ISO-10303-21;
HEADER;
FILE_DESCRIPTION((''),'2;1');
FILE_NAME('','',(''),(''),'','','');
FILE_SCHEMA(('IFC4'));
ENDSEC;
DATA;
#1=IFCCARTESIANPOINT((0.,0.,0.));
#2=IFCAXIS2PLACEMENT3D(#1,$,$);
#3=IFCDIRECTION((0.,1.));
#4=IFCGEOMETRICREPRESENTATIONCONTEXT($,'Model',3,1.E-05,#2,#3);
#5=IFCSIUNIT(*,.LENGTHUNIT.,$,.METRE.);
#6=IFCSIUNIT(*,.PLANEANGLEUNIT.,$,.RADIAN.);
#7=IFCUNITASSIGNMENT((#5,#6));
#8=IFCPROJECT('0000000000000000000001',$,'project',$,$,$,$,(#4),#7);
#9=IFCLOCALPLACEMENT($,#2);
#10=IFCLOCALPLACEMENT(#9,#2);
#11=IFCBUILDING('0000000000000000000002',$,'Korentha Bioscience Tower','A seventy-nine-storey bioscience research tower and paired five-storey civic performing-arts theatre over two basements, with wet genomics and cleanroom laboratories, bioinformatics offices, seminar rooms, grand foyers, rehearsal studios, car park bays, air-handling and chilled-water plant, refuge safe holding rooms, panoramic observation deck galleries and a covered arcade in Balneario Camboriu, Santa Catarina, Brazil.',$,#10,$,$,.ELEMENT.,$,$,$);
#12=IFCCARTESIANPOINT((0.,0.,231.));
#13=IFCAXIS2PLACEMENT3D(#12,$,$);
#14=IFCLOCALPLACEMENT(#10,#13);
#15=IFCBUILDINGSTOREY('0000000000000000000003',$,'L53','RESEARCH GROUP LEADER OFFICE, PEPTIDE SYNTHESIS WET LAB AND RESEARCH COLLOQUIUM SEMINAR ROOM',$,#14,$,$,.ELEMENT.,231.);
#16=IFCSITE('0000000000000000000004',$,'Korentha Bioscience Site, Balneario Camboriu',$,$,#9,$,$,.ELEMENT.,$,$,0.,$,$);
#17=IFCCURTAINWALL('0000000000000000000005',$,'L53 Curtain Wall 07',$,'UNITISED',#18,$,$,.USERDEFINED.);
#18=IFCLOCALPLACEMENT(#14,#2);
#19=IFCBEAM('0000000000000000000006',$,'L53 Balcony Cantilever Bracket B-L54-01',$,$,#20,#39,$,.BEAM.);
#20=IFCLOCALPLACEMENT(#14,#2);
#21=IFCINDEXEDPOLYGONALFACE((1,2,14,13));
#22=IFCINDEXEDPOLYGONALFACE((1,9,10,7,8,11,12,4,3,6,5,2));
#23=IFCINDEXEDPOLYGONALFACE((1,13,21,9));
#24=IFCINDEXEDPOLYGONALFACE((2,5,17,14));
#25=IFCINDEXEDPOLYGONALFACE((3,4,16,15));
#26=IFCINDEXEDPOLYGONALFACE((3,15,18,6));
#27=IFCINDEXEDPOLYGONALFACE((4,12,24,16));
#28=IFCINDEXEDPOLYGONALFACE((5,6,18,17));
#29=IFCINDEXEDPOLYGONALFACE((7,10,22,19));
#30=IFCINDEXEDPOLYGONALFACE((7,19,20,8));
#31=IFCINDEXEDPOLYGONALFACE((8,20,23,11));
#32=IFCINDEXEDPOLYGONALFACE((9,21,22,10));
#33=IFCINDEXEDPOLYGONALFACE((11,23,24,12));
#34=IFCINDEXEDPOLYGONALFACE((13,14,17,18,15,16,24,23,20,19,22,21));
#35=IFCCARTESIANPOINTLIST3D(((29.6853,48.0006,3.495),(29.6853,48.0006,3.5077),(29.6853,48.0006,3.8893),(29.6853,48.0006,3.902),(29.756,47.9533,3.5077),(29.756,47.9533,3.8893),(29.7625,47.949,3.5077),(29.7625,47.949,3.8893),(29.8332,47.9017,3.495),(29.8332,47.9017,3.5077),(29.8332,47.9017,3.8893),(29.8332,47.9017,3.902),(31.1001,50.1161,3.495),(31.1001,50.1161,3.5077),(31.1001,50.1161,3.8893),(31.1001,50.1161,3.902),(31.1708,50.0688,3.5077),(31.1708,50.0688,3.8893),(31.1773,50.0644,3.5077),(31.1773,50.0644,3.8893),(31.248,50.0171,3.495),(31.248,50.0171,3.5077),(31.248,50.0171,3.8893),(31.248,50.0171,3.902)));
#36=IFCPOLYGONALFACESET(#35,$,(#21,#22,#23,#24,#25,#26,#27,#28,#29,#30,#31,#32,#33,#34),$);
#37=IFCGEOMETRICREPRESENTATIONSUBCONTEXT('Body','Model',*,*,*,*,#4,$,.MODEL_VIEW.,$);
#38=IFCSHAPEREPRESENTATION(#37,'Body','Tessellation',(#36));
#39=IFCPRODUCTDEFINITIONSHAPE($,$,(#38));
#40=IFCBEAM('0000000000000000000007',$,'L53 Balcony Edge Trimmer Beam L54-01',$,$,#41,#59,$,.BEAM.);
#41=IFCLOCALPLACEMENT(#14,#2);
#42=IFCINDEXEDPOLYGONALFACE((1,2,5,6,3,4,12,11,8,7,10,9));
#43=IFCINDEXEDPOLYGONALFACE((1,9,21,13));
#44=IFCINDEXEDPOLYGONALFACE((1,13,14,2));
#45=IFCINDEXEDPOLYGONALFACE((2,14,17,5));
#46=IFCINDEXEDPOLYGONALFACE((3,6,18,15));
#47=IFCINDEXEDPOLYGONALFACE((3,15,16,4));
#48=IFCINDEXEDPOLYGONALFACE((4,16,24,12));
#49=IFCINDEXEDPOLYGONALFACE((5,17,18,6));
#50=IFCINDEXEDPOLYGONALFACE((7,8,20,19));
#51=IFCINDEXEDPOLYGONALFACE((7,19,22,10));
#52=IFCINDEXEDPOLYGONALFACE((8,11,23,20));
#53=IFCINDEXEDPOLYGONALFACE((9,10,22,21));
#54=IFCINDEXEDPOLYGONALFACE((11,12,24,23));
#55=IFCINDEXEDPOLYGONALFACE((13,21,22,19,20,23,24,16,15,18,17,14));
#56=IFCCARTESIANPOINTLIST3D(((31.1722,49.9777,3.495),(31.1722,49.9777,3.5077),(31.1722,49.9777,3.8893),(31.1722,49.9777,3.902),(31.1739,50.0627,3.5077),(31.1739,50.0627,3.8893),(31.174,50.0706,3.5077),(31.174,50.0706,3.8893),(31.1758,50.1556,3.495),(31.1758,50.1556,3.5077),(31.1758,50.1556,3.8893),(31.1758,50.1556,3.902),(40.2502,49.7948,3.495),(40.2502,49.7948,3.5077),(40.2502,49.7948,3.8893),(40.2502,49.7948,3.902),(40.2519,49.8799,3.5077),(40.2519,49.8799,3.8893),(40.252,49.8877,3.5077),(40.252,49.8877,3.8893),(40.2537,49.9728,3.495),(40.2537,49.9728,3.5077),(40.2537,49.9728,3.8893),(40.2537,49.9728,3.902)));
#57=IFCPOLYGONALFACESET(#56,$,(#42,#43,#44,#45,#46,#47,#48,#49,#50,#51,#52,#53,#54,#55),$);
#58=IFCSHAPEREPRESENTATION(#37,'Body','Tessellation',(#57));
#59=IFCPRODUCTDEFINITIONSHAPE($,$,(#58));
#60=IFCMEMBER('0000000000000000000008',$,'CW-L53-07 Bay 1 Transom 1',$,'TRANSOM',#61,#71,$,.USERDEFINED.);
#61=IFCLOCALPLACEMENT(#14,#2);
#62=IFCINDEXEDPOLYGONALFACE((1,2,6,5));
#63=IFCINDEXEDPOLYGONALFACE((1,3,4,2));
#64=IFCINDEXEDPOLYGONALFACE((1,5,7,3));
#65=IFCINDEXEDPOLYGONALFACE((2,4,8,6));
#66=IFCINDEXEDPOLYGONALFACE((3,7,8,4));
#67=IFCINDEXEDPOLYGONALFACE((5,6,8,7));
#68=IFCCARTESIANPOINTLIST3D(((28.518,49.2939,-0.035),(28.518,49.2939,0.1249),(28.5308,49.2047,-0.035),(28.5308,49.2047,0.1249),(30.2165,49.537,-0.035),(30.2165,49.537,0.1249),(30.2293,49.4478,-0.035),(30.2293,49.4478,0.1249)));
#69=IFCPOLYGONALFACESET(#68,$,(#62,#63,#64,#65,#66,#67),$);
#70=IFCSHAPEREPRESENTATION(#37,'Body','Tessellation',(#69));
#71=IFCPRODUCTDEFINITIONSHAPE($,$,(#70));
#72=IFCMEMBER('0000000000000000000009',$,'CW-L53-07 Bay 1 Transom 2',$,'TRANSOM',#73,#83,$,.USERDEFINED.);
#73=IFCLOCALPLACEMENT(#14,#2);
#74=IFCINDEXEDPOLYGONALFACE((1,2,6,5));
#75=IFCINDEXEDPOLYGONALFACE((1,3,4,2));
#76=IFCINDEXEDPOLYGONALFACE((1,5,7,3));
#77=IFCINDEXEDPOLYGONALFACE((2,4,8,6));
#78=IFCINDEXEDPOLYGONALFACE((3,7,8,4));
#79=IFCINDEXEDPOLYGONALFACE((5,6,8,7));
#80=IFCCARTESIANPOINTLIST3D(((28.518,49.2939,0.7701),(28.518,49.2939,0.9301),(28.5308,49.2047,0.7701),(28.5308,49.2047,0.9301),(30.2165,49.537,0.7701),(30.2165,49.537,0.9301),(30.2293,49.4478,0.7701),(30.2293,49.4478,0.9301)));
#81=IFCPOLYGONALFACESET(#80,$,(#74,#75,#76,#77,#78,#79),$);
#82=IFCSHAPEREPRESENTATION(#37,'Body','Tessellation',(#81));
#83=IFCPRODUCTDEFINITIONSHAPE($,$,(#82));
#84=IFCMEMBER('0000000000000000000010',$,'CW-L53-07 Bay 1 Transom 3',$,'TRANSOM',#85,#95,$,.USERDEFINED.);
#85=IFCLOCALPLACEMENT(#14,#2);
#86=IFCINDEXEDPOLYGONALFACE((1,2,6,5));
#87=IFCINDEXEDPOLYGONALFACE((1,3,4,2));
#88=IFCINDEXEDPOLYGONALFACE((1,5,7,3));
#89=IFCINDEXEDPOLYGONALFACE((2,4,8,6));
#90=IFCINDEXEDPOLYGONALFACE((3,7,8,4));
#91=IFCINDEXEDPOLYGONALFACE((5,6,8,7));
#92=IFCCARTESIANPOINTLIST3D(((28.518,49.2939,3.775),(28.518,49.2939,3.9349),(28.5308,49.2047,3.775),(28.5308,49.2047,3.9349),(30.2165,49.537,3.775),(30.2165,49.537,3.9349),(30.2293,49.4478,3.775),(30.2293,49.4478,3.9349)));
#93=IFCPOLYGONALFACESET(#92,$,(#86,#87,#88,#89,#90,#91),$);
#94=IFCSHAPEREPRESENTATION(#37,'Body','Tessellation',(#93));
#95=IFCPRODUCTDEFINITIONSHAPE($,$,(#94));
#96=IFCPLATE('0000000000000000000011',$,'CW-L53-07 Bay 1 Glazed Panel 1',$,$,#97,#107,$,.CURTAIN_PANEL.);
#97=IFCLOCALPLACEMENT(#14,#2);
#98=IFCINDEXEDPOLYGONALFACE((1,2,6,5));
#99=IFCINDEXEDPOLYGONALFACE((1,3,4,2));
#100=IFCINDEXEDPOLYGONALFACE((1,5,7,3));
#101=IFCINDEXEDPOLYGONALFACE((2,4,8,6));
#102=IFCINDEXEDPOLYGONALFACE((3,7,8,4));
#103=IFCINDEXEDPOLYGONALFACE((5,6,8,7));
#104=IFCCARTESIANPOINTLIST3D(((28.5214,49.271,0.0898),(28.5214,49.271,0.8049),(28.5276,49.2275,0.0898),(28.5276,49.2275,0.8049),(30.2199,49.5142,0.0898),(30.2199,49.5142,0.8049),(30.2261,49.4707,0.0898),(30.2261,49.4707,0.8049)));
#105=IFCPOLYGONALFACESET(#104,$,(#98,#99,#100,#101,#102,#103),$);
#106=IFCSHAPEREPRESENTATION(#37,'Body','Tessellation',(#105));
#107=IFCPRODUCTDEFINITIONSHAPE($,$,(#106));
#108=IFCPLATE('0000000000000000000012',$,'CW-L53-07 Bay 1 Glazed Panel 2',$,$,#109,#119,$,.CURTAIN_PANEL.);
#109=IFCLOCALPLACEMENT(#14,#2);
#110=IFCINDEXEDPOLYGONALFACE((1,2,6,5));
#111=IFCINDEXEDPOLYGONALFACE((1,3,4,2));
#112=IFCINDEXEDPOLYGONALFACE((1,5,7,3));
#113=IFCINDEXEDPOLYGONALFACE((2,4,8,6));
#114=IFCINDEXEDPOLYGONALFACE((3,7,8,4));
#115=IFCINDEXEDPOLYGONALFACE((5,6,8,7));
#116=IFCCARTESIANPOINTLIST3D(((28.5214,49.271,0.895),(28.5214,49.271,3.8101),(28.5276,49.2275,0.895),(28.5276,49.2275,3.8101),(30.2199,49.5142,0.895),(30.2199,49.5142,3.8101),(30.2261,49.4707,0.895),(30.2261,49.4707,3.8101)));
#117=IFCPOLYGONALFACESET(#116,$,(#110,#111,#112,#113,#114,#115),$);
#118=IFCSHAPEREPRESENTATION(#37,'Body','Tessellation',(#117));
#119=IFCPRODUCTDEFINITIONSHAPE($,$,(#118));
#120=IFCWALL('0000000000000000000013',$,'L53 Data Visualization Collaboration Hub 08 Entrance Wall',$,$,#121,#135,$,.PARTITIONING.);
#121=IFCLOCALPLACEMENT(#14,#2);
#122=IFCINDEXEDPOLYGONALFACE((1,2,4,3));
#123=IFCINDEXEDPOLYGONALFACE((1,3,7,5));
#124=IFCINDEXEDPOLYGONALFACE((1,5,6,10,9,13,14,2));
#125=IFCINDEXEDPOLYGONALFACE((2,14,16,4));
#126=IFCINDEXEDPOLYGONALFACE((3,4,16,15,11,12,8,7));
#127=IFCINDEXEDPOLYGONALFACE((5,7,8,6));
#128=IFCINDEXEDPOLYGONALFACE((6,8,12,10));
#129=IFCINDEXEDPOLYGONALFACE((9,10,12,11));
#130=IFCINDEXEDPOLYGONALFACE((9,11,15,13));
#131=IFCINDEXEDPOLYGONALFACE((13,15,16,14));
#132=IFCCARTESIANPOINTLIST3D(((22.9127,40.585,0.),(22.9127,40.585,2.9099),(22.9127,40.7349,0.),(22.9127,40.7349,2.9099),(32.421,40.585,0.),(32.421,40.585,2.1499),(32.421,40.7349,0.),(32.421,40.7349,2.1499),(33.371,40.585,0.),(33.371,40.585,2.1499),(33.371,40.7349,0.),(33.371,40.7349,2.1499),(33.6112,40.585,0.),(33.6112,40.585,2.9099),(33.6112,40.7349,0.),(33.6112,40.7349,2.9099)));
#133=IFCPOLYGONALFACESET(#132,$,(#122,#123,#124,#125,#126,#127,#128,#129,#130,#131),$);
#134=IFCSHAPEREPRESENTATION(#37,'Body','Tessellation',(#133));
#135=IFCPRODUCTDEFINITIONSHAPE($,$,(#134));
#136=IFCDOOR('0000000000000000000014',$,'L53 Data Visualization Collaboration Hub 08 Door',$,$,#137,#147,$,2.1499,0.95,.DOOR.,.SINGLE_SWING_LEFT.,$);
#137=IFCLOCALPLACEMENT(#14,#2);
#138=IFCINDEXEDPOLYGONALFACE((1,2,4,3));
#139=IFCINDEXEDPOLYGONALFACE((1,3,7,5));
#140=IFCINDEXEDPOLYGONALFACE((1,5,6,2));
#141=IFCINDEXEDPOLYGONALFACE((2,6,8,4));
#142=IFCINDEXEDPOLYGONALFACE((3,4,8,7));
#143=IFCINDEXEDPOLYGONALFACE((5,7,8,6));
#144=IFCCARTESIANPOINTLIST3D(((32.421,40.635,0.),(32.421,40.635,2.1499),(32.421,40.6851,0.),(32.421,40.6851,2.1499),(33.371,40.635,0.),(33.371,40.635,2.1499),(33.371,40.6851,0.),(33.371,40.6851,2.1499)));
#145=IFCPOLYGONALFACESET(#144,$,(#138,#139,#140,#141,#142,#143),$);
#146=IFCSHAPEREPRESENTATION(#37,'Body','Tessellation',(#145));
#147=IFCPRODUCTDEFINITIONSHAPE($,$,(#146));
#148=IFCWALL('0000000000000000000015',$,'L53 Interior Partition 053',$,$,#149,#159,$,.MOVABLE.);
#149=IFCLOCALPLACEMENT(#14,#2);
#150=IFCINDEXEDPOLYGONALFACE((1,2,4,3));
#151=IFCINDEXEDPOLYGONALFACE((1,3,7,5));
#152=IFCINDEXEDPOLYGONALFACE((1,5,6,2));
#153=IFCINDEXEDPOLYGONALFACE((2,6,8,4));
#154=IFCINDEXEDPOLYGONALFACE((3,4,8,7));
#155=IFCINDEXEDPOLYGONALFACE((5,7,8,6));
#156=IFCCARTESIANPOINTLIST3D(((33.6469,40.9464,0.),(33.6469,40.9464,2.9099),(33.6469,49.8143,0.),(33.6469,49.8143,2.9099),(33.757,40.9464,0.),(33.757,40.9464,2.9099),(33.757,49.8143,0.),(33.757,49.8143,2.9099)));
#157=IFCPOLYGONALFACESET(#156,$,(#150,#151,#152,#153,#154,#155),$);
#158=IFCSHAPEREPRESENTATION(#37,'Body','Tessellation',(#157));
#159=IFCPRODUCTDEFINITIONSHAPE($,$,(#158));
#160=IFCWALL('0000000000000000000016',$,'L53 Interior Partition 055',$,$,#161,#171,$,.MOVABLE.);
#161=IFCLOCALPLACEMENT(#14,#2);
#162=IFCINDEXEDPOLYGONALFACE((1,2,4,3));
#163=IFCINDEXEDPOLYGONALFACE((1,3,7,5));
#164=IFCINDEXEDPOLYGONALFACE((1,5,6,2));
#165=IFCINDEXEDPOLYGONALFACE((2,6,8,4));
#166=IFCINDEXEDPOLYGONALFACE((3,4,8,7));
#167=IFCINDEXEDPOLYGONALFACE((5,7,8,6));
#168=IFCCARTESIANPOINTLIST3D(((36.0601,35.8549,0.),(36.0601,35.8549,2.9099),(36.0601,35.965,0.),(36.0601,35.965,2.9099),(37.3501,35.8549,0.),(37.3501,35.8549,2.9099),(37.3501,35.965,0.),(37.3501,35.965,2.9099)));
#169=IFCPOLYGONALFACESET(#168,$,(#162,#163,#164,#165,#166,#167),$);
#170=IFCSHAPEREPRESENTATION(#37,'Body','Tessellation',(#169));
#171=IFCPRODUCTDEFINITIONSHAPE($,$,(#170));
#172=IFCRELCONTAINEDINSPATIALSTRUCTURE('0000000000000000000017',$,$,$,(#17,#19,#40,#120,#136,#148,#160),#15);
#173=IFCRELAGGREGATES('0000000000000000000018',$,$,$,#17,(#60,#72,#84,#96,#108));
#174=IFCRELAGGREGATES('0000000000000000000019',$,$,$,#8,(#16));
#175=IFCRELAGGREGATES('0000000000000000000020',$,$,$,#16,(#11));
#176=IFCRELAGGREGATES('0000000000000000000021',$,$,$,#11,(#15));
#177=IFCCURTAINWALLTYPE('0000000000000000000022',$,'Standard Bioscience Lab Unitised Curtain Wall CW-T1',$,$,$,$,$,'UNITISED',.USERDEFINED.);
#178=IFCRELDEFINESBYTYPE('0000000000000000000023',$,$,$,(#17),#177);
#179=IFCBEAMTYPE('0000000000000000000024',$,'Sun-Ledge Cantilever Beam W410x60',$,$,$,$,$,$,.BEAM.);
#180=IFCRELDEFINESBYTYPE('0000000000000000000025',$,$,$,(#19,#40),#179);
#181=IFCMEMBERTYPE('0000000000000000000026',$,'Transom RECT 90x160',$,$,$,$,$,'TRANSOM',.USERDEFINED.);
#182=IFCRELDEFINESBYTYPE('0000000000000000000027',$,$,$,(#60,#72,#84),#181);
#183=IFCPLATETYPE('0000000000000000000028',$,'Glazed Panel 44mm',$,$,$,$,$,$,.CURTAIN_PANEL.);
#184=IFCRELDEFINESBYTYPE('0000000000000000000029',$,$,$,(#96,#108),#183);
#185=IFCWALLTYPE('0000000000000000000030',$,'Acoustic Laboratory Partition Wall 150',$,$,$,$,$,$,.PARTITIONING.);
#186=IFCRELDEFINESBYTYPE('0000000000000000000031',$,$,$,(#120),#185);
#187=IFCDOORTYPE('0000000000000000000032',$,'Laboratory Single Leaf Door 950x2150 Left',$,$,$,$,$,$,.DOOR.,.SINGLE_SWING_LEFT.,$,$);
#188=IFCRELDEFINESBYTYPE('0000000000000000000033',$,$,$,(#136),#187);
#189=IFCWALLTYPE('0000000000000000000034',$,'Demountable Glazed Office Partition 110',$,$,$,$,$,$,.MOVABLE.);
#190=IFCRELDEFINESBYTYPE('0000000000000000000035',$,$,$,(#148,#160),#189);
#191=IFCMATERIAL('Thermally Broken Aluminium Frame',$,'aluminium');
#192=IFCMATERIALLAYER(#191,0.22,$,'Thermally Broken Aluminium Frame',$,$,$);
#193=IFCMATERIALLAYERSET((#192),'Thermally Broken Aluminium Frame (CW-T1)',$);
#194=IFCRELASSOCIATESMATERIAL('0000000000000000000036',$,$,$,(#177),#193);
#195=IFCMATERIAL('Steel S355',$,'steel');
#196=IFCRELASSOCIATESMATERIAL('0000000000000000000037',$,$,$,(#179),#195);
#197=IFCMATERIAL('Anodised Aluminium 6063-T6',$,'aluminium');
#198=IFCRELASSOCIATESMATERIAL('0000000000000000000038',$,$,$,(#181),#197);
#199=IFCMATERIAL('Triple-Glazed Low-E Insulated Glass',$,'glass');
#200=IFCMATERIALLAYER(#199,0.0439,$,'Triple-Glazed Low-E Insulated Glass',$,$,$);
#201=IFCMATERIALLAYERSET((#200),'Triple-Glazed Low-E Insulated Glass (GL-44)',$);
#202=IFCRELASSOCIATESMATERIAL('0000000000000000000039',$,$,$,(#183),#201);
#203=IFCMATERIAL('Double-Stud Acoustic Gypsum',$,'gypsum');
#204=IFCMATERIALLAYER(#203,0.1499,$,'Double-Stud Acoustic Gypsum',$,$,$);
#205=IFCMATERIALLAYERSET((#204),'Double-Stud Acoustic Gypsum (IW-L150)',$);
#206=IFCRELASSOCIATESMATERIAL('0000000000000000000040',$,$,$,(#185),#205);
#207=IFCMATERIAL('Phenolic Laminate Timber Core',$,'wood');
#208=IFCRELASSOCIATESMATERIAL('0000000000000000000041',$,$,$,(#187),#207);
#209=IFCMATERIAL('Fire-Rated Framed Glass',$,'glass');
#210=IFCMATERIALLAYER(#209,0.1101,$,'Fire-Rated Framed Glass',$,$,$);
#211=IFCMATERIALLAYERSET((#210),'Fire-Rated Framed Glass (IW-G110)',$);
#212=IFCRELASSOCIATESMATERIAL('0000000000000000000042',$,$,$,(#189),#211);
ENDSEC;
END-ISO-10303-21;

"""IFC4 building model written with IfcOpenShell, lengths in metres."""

from ifc_helpers import new_model, si_unit, direction, frame, frame_2d, origin, origin_2d, place, context, subcontext, project, spatial, rectangle, i_section, extrude, material, layer, layer_set, material_profile, profile_set, type_object, element, fill, aggregate, save


model = new_model("IFC4")

# Units and contexts
model_context = context("Model", 3, precision=1e-05, world=origin(), true_north=direction((0.0, 1.0)))
body_context = subcontext(model_context, "Body", "Model", "MODEL_VIEW")
ifc_project = project(units=[si_unit("LENGTHUNIT", "METRE"), si_unit("PLANEANGLEUNIT", "RADIAN")], contexts=[model_context])

# Site, building, storey
site_placement = place(None, origin())
site = spatial("IfcSite", under=ifc_project, at=site_placement, Name="Korentha Bioscience Site, Balneario Camboriu", CompositionType="ELEMENT", RefElevation=0.0)
building_placement = place(site_placement, origin())
building = spatial("IfcBuilding", under=site, at=building_placement, Name="Korentha Bioscience Tower", Description="A seventy-nine-storey bioscience research tower and paired five-storey civic performing-arts theatre over two basements, with wet genomics and cleanroom laboratories, bioinformatics offices, seminar rooms, grand foyers, rehearsal studios, car park bays, air-handling and chilled-water plant, refuge safe holding rooms, panoramic observation deck galleries and a covered arcade in Balneario Camboriu, Santa Catarina, Brazil.", CompositionType="ELEMENT")
storey_placement = place(building_placement, frame((0.0, 0.0, 231.0)))
storey = spatial("IfcBuildingStorey", under=building, at=storey_placement, Name="L53", Description="RESEARCH GROUP LEADER OFFICE, PEPTIDE SYNTHESIS WET LAB AND RESEARCH COLLOQUIUM SEMINAR ROOM", CompositionType="ELEMENT", Elevation=231.0)

# Curtain wall
ifc_material_1 = material(Name="Thermally Broken Aluminium Frame", Category="aluminium")
ifc_layer_1 = layer(ifc_material_1, 0.22, Name="Thermally Broken Aluminium Frame")
ifc_layer_set_1 = layer_set([ifc_layer_1], Name="Thermally Broken Aluminium Frame (CW-T1)")
curtain_wall_type = type_object("IfcCurtainWallType", Name="Standard Bioscience Lab Unitised Curtain Wall CW-T1", ElementType="UNITISED", PredefinedType="USERDEFINED", material=ifc_layer_set_1)
curtain_wall_placement = place(storey_placement, origin())
curtain_wall = element("IfcCurtainWall", 1, at=curtain_wall_placement, inside=storey, type_object=curtain_wall_type, Name="L53 Curtain Wall 07", ObjectType="UNITISED", PredefinedType="USERDEFINED")
ifc_material_2 = material(Name="Anodised Aluminium 6063-T6", Category="aluminium")

# Beams
ifc_material_3 = material(Name="Steel S355", Category="steel")
ifc_material_profile_1 = material_profile(ifc_material_3, i_section(OverallWidth=0.178, OverallDepth=0.407, WebThickness=0.0078, FlangeThickness=0.0127, at=origin_2d()), Name="Steel S355")
ifc_profile_set_1 = profile_set([ifc_material_profile_1], Name="Steel S355 (CB-410)")
beam_type_1 = type_object("IfcBeamType", Name="Sun-Ledge Cantilever Beam W410x60", PredefinedType="BEAM", material=ifc_profile_set_1)
beam_1_placement = place(storey_placement, frame((29.7593, 47.9512, 3.6985), z_axis=(0.555917, 0.831238, 0.0), x_axis=(-0.831238, 0.555917, 0.0)))
element("IfcBeam", 2, at=beam_1_placement, inside=storey, type_object=beam_type_1, Name="L53 Balcony Cantilever Bracket B-L54-01", PredefinedType="BEAM", context=body_context, shape_type="SweptSolid", body=[
    extrude(i_section(OverallWidth=0.178, OverallDepth=0.407, WebThickness=0.0078, FlangeThickness=0.0127, at=origin_2d()), origin(), (0.0, 0.0, 1.0), 2.5449),
])
beam_2_placement = place(storey_placement, frame((40.252, 49.8838, 3.6985), z_axis=(-0.999797, 0.02014, 0.0), x_axis=(-0.02014, -0.999797, 0.0)))
element("IfcBeam", 3, at=beam_2_placement, inside=storey, type_object=beam_type_1, Name="L53 Balcony Edge Trimmer Beam L54-01", PredefinedType="BEAM", context=body_context, shape_type="SweptSolid", body=[
    extrude(i_section(OverallWidth=0.178, OverallDepth=0.407, WebThickness=0.0078, FlangeThickness=0.0127, at=origin_2d()), origin(), (0.0, 0.0, 1.0), 9.0798),
])

# Members
ifc_material_profile_2 = material_profile(ifc_material_2, rectangle(XDim=0.0901, YDim=0.1599, at=origin_2d()), Name="Anodised Aluminium 6063-T6")
ifc_profile_set_2 = profile_set([ifc_material_profile_2], Name="Anodised Aluminium 6063-T6 (CW-TRN)")
member_type_1 = type_object("IfcMemberType", Name="Transom RECT 90x160", ElementType="TRANSOM", PredefinedType="USERDEFINED", material=ifc_profile_set_2)
member_1_placement = place(storey_placement, frame((30.2229, 49.4924, 0.0449), z_axis=(-0.989907, -0.14172, 0.0), x_axis=(0.14172, -0.989907, 0.0)))
member_1 = element("IfcMember", 4, at=member_1_placement, type_object=member_type_1, Name="CW-L53-07 Bay 1 Transom 1", ObjectType="TRANSOM", PredefinedType="USERDEFINED", context=body_context, shape_type="SweptSolid", body=[
    extrude(rectangle(XDim=0.0901, YDim=0.1599, at=origin_2d()), origin(), (0.0, 0.0, 1.0), 1.7158),
])
member_2_placement = place(storey_placement, frame((30.2229, 49.4924, 0.8501), z_axis=(-0.989907, -0.14172, 0.0), x_axis=(0.14172, -0.989907, 0.0)))
member_2 = element("IfcMember", 5, at=member_2_placement, type_object=member_type_1, Name="CW-L53-07 Bay 1 Transom 2", ObjectType="TRANSOM", PredefinedType="USERDEFINED", context=body_context, shape_type="SweptSolid", body=[
    extrude(rectangle(XDim=0.0901, YDim=0.1599, at=origin_2d()), origin(), (0.0, 0.0, 1.0), 1.7158),
])
member_3_placement = place(storey_placement, frame((30.2229, 49.4924, 3.855), z_axis=(-0.989907, -0.14172, 0.0), x_axis=(0.14172, -0.989907, 0.0)))
member_3 = element("IfcMember", 6, at=member_3_placement, type_object=member_type_1, Name="CW-L53-07 Bay 1 Transom 3", ObjectType="TRANSOM", PredefinedType="USERDEFINED", context=body_context, shape_type="SweptSolid", body=[
    extrude(rectangle(XDim=0.0901, YDim=0.1599, at=origin_2d()), origin(), (0.0, 0.0, 1.0), 1.7158),
])

# Plates
ifc_material_4 = material(Name="Triple-Glazed Low-E Insulated Glass", Category="glass")
ifc_layer_2 = layer(ifc_material_4, 0.0439, Name="Triple-Glazed Low-E Insulated Glass")
ifc_layer_set_2 = layer_set([ifc_layer_2], Name="Triple-Glazed Low-E Insulated Glass (GL-44)")
plate_type = type_object("IfcPlateType", Name="Glazed Panel 44mm", PredefinedType="CURTAIN_PANEL", material=ifc_layer_set_2)
plate_1_placement = place(storey_placement, frame((29.3738, 49.3708, 0.0898), z_axis=(0.0, 0.0, 1.0), x_axis=(-0.989902, -0.141754, 0.0)))
plate_1 = element("IfcPlate", 7, at=plate_1_placement, type_object=plate_type, Name="CW-L53-07 Bay 1 Glazed Panel 1", PredefinedType="CURTAIN_PANEL", context=body_context, shape_type="SweptSolid", body=[
    extrude(rectangle(XDim=1.7158, YDim=0.0439, at=origin_2d()), origin(), (0.0, 0.0, 1.0), 0.7151),
])
plate_2_placement = place(storey_placement, frame((29.3738, 49.3708, 0.895), z_axis=(0.0, 0.0, 1.0), x_axis=(-0.989902, -0.141754, 0.0)))
plate_2 = element("IfcPlate", 8, at=plate_2_placement, type_object=plate_type, Name="CW-L53-07 Bay 1 Glazed Panel 2", PredefinedType="CURTAIN_PANEL", context=body_context, shape_type="SweptSolid", body=[
    extrude(rectangle(XDim=1.7158, YDim=0.0439, at=origin_2d()), origin(), (0.0, 0.0, 1.0), 2.915),
])
aggregate(curtain_wall, [member_1, member_2, member_3, plate_1, plate_2])

# Wall, opening, door
ifc_material_5 = material(Name="Double-Stud Acoustic Gypsum", Category="gypsum")
ifc_layer_3 = layer(ifc_material_5, 0.1499, Name="Double-Stud Acoustic Gypsum")
ifc_layer_set_3 = layer_set([ifc_layer_3], Name="Double-Stud Acoustic Gypsum (IW-L150)")
wall_type_1 = type_object("IfcWallType", Name="Acoustic Laboratory Partition Wall 150", PredefinedType="PARTITIONING", material=ifc_layer_set_3)
wall_1_placement = place(storey_placement, frame((33.6111, 40.6599, 0.0), z_axis=(0.0, 0.0, 1.0), x_axis=(-1.0, 0.0, 0.0)))
wall_1 = element("IfcWall", 9, at=wall_1_placement, inside=storey, type_object=wall_type_1, Name="L53 Data Visualization Collaboration Hub 08 Entrance Wall", PredefinedType="PARTITIONING", context=body_context, shape_type="SweptSolid", body=[
    extrude(rectangle(XDim=10.6985, YDim=0.1499, at=frame_2d((5.3491, 0.0))), origin(), (0.0, 0.0, 1.0), 2.9099),
])
opening_1_placement = place(wall_1_placement, frame((0.24, 0.0, 0.0)))
opening_1 = element("IfcOpeningElement", 10, at=opening_1_placement, cuts=wall_1, PredefinedType="OPENING", context=body_context, shape_type="SweptSolid", body=[
    extrude(rectangle(XDim=0.95, YDim=2.1499, at=frame_2d((0.4751, 1.075))), frame((0.0, 0.0898, 0.0), z_axis=(0.0, -1.0, 0.0), x_axis=(1.0, 0.0, 0.0)), (0.0, 0.0, 1.0), 0.1797),
])
ifc_material_6 = material(Name="Phenolic Laminate Timber Core", Category="wood")
door_type_1 = type_object("IfcDoorType", Name="Laboratory Single Leaf Door 950x2150 Left", OperationType="SINGLE_SWING_LEFT", PredefinedType="DOOR", material=ifc_material_6)
door_1_placement = place(opening_1_placement, origin())
door_1 = element("IfcDoor", 11, at=door_1_placement, inside=storey, type_object=door_type_1, Name="L53 Data Visualization Collaboration Hub 08 Door", OperationType="SINGLE_SWING_LEFT", OverallHeight=2.1499, OverallWidth=0.95, PredefinedType="DOOR", context=body_context, shape_type="SweptSolid", body=[
    extrude(rectangle(XDim=0.95, YDim=2.1499, at=frame_2d((0.4751, 1.075))), frame((0.0, 0.0249, 0.0), z_axis=(0.0, -1.0, 0.0), x_axis=(1.0, 0.0, 0.0)), (0.0, 0.0, 1.0), 0.05),
])
fill(opening_1, door_1)
ifc_material_7 = material(Name="Fire-Rated Framed Glass", Category="glass")
ifc_layer_4 = layer(ifc_material_7, 0.1101, Name="Fire-Rated Framed Glass")
ifc_layer_set_4 = layer_set([ifc_layer_4], Name="Fire-Rated Framed Glass (IW-G110)")
wall_type_2 = type_object("IfcWallType", Name="Demountable Glazed Office Partition 110", PredefinedType="MOVABLE", material=ifc_layer_set_4)

# Walls
wall_2_placement = place(storey_placement, frame((33.7019, 40.9463, 0.0), z_axis=(0.0, 0.0, 1.0), x_axis=(0.0, 1.0, 0.0)))
element("IfcWall", 12, at=wall_2_placement, inside=storey, type_object=wall_type_2, Name="L53 Interior Partition 053", PredefinedType="MOVABLE", context=body_context, shape_type="SweptSolid", body=[
    extrude(rectangle(XDim=8.8679, YDim=0.1101, at=frame_2d((4.4341, 0.0))), origin(), (0.0, 0.0, 1.0), 2.9099),
])
wall_3_placement = place(storey_placement, frame((37.3501, 35.9099, 0.0), z_axis=(0.0, 0.0, 1.0), x_axis=(-1.0, 0.0, 0.0)))
element("IfcWall", 13, at=wall_3_placement, inside=storey, type_object=wall_type_2, Name="L53 Interior Partition 055", PredefinedType="MOVABLE", context=body_context, shape_type="SweptSolid", body=[
    extrude(rectangle(XDim=1.29, YDim=0.1101, at=frame_2d((0.645, 0.0))), origin(), (0.0, 0.0, 1.0), 2.9099),
])

save(model, "model.ifc")
